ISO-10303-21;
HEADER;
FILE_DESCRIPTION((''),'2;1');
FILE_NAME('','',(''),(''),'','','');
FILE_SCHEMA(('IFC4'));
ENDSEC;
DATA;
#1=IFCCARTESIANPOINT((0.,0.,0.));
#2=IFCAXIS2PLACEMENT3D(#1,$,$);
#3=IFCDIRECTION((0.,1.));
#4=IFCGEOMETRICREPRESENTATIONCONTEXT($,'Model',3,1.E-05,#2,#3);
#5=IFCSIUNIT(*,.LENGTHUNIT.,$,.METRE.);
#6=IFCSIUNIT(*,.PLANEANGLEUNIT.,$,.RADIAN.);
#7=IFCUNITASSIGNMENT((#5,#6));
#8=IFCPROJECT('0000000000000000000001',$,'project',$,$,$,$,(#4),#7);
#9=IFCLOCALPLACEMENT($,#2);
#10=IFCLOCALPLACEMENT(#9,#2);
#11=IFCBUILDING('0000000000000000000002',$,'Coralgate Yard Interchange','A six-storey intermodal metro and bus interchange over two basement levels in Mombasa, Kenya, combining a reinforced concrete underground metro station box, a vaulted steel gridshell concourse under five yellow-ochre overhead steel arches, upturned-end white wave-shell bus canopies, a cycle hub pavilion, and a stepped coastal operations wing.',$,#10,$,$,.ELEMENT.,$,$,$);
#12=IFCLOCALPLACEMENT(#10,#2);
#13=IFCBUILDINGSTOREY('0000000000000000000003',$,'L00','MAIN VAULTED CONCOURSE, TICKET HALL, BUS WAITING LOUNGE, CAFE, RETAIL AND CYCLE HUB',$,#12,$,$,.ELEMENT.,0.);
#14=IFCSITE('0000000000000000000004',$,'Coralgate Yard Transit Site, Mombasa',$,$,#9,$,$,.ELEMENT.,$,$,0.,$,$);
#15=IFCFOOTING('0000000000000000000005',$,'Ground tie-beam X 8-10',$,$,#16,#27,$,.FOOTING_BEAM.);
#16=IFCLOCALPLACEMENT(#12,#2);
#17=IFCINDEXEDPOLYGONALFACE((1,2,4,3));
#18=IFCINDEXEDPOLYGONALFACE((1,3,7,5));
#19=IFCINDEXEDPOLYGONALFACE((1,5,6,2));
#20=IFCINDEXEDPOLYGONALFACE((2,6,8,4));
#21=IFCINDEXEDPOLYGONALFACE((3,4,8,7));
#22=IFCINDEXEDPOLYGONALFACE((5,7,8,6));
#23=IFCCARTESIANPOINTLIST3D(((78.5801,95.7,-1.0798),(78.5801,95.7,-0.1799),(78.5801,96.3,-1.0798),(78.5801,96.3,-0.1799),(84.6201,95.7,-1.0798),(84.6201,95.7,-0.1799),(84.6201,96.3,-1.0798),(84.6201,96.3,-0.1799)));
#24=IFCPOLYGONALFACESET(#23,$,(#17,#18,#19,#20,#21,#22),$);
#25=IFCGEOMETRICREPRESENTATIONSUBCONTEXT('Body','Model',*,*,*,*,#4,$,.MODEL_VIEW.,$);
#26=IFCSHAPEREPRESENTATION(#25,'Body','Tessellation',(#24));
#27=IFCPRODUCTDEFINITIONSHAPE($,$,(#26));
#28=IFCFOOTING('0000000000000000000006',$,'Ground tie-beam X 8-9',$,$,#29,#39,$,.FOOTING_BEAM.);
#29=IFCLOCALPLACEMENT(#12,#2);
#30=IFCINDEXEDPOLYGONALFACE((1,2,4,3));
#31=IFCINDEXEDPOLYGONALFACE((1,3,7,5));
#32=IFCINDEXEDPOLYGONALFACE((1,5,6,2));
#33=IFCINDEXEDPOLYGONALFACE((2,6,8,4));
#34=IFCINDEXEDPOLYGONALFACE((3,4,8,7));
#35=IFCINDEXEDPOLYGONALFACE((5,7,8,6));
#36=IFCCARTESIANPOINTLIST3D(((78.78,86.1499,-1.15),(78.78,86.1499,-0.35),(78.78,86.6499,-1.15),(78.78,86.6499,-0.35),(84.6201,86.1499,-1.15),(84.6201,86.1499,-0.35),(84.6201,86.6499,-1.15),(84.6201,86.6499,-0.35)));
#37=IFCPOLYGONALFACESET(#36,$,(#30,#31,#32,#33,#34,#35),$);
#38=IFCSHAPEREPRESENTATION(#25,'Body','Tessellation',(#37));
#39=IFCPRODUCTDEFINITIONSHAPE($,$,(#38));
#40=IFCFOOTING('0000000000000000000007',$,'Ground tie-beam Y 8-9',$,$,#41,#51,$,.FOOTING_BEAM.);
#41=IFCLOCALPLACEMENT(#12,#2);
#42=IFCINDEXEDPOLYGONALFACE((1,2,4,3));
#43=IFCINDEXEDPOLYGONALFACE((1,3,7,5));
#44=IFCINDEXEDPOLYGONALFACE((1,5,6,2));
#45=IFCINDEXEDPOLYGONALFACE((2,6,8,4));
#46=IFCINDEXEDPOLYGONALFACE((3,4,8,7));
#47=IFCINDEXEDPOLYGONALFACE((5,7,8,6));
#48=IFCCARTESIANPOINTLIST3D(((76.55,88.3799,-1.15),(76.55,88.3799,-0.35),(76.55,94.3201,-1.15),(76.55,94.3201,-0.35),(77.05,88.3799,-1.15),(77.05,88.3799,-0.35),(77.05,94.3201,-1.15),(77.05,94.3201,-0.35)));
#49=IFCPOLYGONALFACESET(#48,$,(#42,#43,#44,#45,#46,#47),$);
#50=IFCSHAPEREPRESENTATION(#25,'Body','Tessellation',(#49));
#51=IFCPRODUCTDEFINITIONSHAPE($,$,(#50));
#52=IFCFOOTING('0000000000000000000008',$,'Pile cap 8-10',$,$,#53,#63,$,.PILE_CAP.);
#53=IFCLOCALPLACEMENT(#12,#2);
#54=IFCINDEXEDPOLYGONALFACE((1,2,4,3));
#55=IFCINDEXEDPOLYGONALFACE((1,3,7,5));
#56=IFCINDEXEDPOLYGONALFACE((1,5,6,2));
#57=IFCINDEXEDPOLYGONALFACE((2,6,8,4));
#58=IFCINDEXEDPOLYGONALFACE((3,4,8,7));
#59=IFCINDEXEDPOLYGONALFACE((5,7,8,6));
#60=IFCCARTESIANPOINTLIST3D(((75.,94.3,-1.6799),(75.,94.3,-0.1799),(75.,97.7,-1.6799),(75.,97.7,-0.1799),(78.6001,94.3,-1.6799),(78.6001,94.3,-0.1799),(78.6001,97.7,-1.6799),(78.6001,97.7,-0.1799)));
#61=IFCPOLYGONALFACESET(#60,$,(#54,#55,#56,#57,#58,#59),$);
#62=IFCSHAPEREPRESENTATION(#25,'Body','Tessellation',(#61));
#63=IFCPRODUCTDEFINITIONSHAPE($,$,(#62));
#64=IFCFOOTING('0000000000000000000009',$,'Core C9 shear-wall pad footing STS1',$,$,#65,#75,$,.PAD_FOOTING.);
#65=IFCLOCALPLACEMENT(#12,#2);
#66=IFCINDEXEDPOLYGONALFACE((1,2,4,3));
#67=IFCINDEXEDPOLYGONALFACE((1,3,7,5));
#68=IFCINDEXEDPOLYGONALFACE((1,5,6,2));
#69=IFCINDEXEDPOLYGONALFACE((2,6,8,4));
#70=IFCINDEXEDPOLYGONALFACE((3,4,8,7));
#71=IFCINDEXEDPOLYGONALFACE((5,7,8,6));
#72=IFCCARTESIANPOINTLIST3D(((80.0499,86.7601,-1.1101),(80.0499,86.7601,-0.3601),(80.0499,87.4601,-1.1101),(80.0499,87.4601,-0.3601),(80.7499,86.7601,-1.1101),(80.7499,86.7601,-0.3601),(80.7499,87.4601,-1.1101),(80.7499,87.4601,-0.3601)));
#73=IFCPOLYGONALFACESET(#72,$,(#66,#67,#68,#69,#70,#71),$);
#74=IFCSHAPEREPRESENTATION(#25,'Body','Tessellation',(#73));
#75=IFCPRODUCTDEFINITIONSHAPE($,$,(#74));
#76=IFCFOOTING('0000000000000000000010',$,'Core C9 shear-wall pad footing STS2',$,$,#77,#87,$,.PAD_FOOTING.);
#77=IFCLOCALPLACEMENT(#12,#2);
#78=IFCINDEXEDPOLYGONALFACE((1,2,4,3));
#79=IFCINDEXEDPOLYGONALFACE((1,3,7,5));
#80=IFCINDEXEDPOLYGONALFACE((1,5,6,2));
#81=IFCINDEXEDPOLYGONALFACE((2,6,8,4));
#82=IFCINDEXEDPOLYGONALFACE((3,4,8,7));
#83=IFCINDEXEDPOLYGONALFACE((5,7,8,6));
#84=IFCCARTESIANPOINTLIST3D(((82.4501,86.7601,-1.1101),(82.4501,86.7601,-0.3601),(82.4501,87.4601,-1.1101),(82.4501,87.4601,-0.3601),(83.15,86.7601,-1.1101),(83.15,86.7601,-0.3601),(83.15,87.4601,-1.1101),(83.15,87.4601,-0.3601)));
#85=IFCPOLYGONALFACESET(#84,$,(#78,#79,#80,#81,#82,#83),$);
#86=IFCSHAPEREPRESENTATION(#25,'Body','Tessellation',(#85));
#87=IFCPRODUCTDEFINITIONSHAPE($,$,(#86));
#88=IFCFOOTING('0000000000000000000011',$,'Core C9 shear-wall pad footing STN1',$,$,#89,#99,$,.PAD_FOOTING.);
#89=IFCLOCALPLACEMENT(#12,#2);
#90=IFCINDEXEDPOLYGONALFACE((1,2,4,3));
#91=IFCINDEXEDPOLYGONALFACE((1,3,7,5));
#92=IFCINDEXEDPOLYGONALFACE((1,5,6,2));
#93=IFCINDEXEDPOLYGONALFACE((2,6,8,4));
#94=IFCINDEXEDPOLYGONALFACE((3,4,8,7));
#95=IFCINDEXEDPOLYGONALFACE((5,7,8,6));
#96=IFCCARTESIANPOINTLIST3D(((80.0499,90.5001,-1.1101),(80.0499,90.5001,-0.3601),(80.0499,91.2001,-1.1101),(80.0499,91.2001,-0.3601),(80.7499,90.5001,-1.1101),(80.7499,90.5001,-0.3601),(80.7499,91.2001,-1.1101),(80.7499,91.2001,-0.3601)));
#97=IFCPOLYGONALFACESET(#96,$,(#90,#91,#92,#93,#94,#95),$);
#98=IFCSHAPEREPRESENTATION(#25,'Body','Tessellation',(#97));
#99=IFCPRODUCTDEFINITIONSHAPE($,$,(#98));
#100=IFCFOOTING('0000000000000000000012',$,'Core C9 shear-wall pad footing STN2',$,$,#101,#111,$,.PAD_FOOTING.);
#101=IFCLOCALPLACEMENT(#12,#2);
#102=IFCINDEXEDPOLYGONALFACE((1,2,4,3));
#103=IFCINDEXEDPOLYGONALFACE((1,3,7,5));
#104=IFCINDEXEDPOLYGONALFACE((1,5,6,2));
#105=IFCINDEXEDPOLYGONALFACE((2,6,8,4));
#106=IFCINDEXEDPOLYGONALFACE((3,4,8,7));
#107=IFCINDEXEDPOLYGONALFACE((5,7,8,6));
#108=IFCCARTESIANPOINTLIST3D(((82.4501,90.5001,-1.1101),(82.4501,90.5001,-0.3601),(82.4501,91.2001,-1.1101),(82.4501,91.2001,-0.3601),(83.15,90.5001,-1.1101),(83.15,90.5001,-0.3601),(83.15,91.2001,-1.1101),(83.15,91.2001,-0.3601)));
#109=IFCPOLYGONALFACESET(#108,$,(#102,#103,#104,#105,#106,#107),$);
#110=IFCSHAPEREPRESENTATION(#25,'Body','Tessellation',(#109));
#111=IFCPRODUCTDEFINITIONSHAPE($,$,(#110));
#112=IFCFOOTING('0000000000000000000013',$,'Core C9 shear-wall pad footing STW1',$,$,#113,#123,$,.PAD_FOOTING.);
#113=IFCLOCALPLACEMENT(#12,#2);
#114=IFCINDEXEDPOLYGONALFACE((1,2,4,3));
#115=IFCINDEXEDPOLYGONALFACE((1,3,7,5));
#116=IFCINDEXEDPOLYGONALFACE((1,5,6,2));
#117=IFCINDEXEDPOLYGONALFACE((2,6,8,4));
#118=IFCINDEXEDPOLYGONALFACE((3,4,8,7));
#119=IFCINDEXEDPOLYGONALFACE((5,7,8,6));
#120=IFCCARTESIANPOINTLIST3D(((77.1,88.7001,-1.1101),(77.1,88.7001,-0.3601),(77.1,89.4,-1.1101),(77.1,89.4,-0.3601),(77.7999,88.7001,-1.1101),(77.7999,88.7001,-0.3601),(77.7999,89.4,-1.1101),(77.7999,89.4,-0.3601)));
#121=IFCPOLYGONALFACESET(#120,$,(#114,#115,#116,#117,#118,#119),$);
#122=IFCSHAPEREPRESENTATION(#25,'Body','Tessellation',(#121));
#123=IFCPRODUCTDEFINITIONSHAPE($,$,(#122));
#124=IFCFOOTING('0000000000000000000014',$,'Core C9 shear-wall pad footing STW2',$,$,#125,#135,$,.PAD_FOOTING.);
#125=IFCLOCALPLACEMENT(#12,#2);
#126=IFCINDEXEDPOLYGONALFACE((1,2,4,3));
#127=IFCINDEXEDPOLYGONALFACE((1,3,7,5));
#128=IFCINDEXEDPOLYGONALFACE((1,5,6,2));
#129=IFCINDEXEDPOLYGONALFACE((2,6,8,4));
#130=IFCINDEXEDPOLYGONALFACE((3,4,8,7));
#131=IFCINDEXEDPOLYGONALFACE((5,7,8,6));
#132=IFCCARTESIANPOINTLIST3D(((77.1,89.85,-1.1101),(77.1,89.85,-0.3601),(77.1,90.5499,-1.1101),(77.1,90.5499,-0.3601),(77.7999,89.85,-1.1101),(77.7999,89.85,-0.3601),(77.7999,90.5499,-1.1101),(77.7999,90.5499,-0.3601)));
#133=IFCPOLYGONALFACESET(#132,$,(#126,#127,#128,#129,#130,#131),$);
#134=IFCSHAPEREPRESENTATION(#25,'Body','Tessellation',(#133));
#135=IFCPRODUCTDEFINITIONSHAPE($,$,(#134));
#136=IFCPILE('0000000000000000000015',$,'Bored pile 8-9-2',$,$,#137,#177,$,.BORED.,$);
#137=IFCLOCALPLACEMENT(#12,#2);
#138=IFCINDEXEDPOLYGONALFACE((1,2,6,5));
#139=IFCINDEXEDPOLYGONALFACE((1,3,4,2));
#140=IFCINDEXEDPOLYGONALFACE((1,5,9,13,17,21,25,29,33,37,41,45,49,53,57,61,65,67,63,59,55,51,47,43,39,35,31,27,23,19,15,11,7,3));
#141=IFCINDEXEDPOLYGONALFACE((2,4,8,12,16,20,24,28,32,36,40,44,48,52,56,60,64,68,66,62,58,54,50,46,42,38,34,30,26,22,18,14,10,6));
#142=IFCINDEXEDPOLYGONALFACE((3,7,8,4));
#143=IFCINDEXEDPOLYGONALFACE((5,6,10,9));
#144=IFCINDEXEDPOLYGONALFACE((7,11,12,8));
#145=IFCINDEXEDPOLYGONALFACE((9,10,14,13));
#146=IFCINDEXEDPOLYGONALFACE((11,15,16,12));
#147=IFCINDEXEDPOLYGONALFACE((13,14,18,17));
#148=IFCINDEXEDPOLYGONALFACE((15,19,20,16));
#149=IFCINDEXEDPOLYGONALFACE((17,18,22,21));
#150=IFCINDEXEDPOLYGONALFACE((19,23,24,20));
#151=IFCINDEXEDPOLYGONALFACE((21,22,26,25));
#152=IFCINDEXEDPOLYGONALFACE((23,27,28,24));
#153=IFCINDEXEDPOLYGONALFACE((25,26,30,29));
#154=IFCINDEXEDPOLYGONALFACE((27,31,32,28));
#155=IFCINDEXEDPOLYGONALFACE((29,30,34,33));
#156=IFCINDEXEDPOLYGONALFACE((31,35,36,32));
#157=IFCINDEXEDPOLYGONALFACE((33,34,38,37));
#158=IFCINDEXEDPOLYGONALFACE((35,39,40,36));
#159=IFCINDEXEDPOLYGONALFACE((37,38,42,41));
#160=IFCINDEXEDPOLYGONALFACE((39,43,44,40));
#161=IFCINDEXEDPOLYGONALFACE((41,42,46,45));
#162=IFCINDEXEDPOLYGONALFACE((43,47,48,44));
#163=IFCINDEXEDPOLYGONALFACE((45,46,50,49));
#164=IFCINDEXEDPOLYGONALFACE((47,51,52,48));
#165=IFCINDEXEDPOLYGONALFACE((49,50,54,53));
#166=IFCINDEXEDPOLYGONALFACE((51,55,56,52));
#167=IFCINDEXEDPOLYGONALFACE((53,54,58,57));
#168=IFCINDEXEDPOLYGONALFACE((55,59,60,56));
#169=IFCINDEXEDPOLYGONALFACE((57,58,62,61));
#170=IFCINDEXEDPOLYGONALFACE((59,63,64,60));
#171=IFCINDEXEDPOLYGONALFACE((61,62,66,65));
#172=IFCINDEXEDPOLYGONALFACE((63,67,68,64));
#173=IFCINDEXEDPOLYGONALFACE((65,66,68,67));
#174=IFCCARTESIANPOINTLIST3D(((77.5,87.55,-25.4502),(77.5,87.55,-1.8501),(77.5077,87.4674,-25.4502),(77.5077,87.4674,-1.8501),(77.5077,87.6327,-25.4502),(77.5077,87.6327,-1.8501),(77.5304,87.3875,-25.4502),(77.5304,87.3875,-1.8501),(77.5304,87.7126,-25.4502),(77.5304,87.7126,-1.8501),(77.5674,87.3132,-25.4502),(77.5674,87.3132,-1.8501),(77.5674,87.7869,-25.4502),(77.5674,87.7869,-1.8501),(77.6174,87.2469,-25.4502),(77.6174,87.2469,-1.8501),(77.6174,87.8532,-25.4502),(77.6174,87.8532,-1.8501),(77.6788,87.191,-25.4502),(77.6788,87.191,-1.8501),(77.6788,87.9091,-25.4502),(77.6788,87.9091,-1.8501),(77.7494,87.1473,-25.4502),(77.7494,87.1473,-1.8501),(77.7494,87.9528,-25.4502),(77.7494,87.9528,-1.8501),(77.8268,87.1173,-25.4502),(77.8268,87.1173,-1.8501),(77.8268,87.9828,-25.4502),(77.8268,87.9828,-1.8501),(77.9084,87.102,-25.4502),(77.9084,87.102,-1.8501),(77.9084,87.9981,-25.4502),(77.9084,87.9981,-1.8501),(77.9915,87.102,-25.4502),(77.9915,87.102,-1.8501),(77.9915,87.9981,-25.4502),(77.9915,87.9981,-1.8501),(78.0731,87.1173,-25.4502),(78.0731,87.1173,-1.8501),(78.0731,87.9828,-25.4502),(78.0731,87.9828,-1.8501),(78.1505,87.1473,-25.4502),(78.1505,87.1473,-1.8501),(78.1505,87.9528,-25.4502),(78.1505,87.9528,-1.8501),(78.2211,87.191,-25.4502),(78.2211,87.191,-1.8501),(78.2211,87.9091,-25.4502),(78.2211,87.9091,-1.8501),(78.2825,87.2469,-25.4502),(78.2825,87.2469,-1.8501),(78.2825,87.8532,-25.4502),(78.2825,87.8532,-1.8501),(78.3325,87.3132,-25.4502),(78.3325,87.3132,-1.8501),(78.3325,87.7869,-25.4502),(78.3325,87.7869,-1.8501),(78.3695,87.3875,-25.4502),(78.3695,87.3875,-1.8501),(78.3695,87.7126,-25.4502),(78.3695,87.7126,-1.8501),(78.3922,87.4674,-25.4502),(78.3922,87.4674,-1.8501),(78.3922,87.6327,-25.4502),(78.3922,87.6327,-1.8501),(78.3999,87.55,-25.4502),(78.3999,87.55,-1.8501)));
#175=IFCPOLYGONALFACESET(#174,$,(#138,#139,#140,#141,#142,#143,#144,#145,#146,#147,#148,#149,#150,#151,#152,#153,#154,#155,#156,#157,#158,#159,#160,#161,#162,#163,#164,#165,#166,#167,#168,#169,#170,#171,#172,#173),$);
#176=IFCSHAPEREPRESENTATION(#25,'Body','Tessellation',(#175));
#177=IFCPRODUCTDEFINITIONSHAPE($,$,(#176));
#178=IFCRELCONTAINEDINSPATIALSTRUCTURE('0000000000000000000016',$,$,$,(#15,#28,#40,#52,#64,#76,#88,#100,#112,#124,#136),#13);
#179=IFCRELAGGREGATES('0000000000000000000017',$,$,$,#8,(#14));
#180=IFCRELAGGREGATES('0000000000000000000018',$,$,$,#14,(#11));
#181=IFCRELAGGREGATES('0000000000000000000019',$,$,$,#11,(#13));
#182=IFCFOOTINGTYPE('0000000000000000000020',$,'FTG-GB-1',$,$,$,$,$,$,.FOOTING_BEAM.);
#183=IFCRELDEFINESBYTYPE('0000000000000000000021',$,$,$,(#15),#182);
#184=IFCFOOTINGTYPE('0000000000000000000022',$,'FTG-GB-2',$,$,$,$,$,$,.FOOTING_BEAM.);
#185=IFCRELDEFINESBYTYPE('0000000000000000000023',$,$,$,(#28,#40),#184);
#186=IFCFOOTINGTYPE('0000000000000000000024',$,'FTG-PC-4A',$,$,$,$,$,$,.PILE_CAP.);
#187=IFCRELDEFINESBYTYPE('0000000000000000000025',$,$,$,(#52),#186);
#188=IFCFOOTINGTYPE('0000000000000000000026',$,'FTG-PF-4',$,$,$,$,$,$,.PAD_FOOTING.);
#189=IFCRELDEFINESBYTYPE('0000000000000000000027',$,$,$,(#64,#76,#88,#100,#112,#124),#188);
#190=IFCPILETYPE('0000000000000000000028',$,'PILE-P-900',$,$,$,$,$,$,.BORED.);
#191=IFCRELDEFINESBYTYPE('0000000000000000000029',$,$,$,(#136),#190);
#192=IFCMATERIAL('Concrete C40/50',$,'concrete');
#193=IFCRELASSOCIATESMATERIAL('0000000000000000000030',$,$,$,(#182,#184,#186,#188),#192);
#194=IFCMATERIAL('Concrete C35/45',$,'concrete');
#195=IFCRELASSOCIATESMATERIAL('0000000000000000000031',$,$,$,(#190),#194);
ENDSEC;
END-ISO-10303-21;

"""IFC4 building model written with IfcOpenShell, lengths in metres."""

from ifc_helpers import new_model, si_unit, direction, frame, origin, origin_2d, place, context, subcontext, project, spatial, rectangle, circle, extrude, material, material_profile, profile_set, type_object, element, save


model = new_model("IFC4")

# Units and contexts
model_context = context("Model", 3, precision=1e-05, world=origin(), true_north=direction((0.0, 1.0)))
body_context = subcontext(model_context, "Body", "Model", "MODEL_VIEW")
ifc_project = project(units=[si_unit("LENGTHUNIT", "METRE"), si_unit("PLANEANGLEUNIT", "RADIAN")], contexts=[model_context])

# Site, building, storey
site_placement = place(None, origin())
site = spatial("IfcSite", under=ifc_project, at=site_placement, Name="Coralgate Yard Transit Site, Mombasa", CompositionType="ELEMENT", RefElevation=0.0)
building_placement = place(site_placement, origin())
building = spatial("IfcBuilding", under=site, at=building_placement, Name="Coralgate Yard Interchange", Description="A six-storey intermodal metro and bus interchange over two basement levels in Mombasa, Kenya, combining a reinforced concrete underground metro station box, a vaulted steel gridshell concourse under five yellow-ochre overhead steel arches, upturned-end white wave-shell bus canopies, a cycle hub pavilion, and a stepped coastal operations wing.", CompositionType="ELEMENT")
storey_placement = place(building_placement, origin())
storey = spatial("IfcBuildingStorey", under=building, at=storey_placement, Name="L00", Description="MAIN VAULTED CONCOURSE, TICKET HALL, BUS WAITING LOUNGE, CAFE, RETAIL AND CYCLE HUB", CompositionType="ELEMENT", Elevation=0.0)

# Footings
ifc_material_1 = material(Name="Concrete C40/50", Category="concrete")
ifc_material_profile_1 = material_profile(ifc_material_1, rectangle(XDim=0.6001, YDim=0.8999, at=origin_2d()), Name="RC 600x900")
ifc_profile_set_1 = profile_set([ifc_material_profile_1], Name="Concrete C40/50")
footing_type_1 = type_object("IfcFootingType", Name="FTG-GB-1", PredefinedType="FOOTING_BEAM", material=ifc_profile_set_1)
footing_1_placement = place(storey_placement, frame((78.5801, 96.0, -0.6299), z_axis=(1.0, 0.0, 0.0), x_axis=(0.0, 1.0, 0.0)))
element("IfcFooting", 1, at=footing_1_placement, inside=storey, type_object=footing_type_1, Name="Ground tie-beam X 8-10", PredefinedType="FOOTING_BEAM", context=body_context, shape_type="SweptSolid", body=[
    extrude(rectangle(XDim=0.6001, YDim=0.8999, at=origin_2d()), origin(), (0.0, 0.0, 1.0), 6.04),
])
ifc_material_profile_2 = material_profile(ifc_material_1, rectangle(XDim=0.5, YDim=0.8, at=origin_2d()), Name="RC 500x800")
ifc_profile_set_2 = profile_set([ifc_material_profile_2], Name="Concrete C40/50")
footing_type_2 = type_object("IfcFootingType", Name="FTG-GB-2", PredefinedType="FOOTING_BEAM", material=ifc_profile_set_2)
footing_2_placement = place(storey_placement, frame((78.78, 86.3999, -0.75), z_axis=(1.0, 0.0, 0.0), x_axis=(0.0, 1.0, 0.0)))
element("IfcFooting", 2, at=footing_2_placement, inside=storey, type_object=footing_type_2, Name="Ground tie-beam X 8-9", PredefinedType="FOOTING_BEAM", context=body_context, shape_type="SweptSolid", body=[
    extrude(rectangle(XDim=0.5, YDim=0.8, at=origin_2d()), origin(), (0.0, 0.0, 1.0), 5.8401),
])
footing_3_placement = place(storey_placement, frame((76.8, 88.3799, -0.75), z_axis=(0.0, 1.0, 0.0), x_axis=(-1.0, 0.0, 0.0)))
element("IfcFooting", 3, at=footing_3_placement, inside=storey, type_object=footing_type_2, Name="Ground tie-beam Y 8-9", PredefinedType="FOOTING_BEAM", context=body_context, shape_type="SweptSolid", body=[
    extrude(rectangle(XDim=0.5, YDim=0.8, at=origin_2d()), origin(), (0.0, 0.0, 1.0), 5.9402),
])
footing_type_3 = type_object("IfcFootingType", Name="FTG-PC-4A", PredefinedType="PILE_CAP", material=ifc_material_1)
footing_4_placement = place(storey_placement, frame((76.8, 96.0, -1.6799), z_axis=(0.0, 0.0, 1.0), x_axis=(1.0, 0.0, 0.0)))
element("IfcFooting", 4, at=footing_4_placement, inside=storey, type_object=footing_type_3, Name="Pile cap 8-10", PredefinedType="PILE_CAP", context=body_context, shape_type="SweptSolid", body=[
    extrude(rectangle(XDim=3.6001, YDim=3.3999, at=origin_2d()), origin(), (0.0, 0.0, 1.0), 1.5),
])
footing_type_4 = type_object("IfcFootingType", Name="FTG-PF-4", PredefinedType="PAD_FOOTING", material=ifc_material_1)
for number, where, z_axis, x_axis, name in (
    (5, (80.3999, 87.1101, -1.1101), (0.0, 0.0, 1.0), (1.0, 0.0, 0.0), "Core C9 shear-wall pad footing STS1"),
    (6, (82.8, 87.1101, -1.1101), (0.0, 0.0, 1.0), (1.0, 0.0, 0.0), "Core C9 shear-wall pad footing STS2"),
    (7, (80.3999, 90.8501, -1.1101), (0.0, 0.0, 1.0), (1.0, 0.0, 0.0), "Core C9 shear-wall pad footing STN1"),
    (8, (82.8, 90.8501, -1.1101), (0.0, 0.0, 1.0), (1.0, 0.0, 0.0), "Core C9 shear-wall pad footing STN2"),
    (9, (77.45, 89.05, -1.1101), (0.0, 0.0, 1.0), (1.0, 0.0, 0.0), "Core C9 shear-wall pad footing STW1"),
    (10, (77.45, 90.2, -1.1101), (0.0, 0.0, 1.0), (1.0, 0.0, 0.0), "Core C9 shear-wall pad footing STW2"),
):
    element("IfcFooting", number, at=place(storey_placement, frame(where, z_axis=z_axis, x_axis=x_axis)), inside=storey, type_object=footing_type_4, Name=name, PredefinedType="PAD_FOOTING", context=body_context, shape_type="SweptSolid", body=[
        extrude(rectangle(XDim=0.7, YDim=0.7, at=origin_2d()), origin(), (0.0, 0.0, 1.0), 0.75),
    ])

# Pile
ifc_material_2 = material(Name="Concrete C35/45", Category="concrete")
ifc_material_profile_3 = material_profile(ifc_material_2, circle(Radius=0.45, at=origin_2d()), Name="BORED PILE D900")
ifc_profile_set_3 = profile_set([ifc_material_profile_3], Name="Concrete C35/45")
pile_type = type_object("IfcPileType", Name="PILE-P-900", PredefinedType="BORED", material=ifc_profile_set_3)
pile_placement = place(storey_placement, frame((77.95, 87.55, -1.8501), z_axis=(0.0, 0.0, -1.0), x_axis=(1.0, 0.0, 0.0)))
element("IfcPile", 11, at=pile_placement, inside=storey, type_object=pile_type, Name="Bored pile 8-9-2", PredefinedType="BORED", context=body_context, shape_type="SweptSolid", body=[
    extrude(circle(Radius=0.45, at=origin_2d()), origin(), (0.0, 0.0, 1.0), 23.6001),
])

save(model, "model.ifc")
